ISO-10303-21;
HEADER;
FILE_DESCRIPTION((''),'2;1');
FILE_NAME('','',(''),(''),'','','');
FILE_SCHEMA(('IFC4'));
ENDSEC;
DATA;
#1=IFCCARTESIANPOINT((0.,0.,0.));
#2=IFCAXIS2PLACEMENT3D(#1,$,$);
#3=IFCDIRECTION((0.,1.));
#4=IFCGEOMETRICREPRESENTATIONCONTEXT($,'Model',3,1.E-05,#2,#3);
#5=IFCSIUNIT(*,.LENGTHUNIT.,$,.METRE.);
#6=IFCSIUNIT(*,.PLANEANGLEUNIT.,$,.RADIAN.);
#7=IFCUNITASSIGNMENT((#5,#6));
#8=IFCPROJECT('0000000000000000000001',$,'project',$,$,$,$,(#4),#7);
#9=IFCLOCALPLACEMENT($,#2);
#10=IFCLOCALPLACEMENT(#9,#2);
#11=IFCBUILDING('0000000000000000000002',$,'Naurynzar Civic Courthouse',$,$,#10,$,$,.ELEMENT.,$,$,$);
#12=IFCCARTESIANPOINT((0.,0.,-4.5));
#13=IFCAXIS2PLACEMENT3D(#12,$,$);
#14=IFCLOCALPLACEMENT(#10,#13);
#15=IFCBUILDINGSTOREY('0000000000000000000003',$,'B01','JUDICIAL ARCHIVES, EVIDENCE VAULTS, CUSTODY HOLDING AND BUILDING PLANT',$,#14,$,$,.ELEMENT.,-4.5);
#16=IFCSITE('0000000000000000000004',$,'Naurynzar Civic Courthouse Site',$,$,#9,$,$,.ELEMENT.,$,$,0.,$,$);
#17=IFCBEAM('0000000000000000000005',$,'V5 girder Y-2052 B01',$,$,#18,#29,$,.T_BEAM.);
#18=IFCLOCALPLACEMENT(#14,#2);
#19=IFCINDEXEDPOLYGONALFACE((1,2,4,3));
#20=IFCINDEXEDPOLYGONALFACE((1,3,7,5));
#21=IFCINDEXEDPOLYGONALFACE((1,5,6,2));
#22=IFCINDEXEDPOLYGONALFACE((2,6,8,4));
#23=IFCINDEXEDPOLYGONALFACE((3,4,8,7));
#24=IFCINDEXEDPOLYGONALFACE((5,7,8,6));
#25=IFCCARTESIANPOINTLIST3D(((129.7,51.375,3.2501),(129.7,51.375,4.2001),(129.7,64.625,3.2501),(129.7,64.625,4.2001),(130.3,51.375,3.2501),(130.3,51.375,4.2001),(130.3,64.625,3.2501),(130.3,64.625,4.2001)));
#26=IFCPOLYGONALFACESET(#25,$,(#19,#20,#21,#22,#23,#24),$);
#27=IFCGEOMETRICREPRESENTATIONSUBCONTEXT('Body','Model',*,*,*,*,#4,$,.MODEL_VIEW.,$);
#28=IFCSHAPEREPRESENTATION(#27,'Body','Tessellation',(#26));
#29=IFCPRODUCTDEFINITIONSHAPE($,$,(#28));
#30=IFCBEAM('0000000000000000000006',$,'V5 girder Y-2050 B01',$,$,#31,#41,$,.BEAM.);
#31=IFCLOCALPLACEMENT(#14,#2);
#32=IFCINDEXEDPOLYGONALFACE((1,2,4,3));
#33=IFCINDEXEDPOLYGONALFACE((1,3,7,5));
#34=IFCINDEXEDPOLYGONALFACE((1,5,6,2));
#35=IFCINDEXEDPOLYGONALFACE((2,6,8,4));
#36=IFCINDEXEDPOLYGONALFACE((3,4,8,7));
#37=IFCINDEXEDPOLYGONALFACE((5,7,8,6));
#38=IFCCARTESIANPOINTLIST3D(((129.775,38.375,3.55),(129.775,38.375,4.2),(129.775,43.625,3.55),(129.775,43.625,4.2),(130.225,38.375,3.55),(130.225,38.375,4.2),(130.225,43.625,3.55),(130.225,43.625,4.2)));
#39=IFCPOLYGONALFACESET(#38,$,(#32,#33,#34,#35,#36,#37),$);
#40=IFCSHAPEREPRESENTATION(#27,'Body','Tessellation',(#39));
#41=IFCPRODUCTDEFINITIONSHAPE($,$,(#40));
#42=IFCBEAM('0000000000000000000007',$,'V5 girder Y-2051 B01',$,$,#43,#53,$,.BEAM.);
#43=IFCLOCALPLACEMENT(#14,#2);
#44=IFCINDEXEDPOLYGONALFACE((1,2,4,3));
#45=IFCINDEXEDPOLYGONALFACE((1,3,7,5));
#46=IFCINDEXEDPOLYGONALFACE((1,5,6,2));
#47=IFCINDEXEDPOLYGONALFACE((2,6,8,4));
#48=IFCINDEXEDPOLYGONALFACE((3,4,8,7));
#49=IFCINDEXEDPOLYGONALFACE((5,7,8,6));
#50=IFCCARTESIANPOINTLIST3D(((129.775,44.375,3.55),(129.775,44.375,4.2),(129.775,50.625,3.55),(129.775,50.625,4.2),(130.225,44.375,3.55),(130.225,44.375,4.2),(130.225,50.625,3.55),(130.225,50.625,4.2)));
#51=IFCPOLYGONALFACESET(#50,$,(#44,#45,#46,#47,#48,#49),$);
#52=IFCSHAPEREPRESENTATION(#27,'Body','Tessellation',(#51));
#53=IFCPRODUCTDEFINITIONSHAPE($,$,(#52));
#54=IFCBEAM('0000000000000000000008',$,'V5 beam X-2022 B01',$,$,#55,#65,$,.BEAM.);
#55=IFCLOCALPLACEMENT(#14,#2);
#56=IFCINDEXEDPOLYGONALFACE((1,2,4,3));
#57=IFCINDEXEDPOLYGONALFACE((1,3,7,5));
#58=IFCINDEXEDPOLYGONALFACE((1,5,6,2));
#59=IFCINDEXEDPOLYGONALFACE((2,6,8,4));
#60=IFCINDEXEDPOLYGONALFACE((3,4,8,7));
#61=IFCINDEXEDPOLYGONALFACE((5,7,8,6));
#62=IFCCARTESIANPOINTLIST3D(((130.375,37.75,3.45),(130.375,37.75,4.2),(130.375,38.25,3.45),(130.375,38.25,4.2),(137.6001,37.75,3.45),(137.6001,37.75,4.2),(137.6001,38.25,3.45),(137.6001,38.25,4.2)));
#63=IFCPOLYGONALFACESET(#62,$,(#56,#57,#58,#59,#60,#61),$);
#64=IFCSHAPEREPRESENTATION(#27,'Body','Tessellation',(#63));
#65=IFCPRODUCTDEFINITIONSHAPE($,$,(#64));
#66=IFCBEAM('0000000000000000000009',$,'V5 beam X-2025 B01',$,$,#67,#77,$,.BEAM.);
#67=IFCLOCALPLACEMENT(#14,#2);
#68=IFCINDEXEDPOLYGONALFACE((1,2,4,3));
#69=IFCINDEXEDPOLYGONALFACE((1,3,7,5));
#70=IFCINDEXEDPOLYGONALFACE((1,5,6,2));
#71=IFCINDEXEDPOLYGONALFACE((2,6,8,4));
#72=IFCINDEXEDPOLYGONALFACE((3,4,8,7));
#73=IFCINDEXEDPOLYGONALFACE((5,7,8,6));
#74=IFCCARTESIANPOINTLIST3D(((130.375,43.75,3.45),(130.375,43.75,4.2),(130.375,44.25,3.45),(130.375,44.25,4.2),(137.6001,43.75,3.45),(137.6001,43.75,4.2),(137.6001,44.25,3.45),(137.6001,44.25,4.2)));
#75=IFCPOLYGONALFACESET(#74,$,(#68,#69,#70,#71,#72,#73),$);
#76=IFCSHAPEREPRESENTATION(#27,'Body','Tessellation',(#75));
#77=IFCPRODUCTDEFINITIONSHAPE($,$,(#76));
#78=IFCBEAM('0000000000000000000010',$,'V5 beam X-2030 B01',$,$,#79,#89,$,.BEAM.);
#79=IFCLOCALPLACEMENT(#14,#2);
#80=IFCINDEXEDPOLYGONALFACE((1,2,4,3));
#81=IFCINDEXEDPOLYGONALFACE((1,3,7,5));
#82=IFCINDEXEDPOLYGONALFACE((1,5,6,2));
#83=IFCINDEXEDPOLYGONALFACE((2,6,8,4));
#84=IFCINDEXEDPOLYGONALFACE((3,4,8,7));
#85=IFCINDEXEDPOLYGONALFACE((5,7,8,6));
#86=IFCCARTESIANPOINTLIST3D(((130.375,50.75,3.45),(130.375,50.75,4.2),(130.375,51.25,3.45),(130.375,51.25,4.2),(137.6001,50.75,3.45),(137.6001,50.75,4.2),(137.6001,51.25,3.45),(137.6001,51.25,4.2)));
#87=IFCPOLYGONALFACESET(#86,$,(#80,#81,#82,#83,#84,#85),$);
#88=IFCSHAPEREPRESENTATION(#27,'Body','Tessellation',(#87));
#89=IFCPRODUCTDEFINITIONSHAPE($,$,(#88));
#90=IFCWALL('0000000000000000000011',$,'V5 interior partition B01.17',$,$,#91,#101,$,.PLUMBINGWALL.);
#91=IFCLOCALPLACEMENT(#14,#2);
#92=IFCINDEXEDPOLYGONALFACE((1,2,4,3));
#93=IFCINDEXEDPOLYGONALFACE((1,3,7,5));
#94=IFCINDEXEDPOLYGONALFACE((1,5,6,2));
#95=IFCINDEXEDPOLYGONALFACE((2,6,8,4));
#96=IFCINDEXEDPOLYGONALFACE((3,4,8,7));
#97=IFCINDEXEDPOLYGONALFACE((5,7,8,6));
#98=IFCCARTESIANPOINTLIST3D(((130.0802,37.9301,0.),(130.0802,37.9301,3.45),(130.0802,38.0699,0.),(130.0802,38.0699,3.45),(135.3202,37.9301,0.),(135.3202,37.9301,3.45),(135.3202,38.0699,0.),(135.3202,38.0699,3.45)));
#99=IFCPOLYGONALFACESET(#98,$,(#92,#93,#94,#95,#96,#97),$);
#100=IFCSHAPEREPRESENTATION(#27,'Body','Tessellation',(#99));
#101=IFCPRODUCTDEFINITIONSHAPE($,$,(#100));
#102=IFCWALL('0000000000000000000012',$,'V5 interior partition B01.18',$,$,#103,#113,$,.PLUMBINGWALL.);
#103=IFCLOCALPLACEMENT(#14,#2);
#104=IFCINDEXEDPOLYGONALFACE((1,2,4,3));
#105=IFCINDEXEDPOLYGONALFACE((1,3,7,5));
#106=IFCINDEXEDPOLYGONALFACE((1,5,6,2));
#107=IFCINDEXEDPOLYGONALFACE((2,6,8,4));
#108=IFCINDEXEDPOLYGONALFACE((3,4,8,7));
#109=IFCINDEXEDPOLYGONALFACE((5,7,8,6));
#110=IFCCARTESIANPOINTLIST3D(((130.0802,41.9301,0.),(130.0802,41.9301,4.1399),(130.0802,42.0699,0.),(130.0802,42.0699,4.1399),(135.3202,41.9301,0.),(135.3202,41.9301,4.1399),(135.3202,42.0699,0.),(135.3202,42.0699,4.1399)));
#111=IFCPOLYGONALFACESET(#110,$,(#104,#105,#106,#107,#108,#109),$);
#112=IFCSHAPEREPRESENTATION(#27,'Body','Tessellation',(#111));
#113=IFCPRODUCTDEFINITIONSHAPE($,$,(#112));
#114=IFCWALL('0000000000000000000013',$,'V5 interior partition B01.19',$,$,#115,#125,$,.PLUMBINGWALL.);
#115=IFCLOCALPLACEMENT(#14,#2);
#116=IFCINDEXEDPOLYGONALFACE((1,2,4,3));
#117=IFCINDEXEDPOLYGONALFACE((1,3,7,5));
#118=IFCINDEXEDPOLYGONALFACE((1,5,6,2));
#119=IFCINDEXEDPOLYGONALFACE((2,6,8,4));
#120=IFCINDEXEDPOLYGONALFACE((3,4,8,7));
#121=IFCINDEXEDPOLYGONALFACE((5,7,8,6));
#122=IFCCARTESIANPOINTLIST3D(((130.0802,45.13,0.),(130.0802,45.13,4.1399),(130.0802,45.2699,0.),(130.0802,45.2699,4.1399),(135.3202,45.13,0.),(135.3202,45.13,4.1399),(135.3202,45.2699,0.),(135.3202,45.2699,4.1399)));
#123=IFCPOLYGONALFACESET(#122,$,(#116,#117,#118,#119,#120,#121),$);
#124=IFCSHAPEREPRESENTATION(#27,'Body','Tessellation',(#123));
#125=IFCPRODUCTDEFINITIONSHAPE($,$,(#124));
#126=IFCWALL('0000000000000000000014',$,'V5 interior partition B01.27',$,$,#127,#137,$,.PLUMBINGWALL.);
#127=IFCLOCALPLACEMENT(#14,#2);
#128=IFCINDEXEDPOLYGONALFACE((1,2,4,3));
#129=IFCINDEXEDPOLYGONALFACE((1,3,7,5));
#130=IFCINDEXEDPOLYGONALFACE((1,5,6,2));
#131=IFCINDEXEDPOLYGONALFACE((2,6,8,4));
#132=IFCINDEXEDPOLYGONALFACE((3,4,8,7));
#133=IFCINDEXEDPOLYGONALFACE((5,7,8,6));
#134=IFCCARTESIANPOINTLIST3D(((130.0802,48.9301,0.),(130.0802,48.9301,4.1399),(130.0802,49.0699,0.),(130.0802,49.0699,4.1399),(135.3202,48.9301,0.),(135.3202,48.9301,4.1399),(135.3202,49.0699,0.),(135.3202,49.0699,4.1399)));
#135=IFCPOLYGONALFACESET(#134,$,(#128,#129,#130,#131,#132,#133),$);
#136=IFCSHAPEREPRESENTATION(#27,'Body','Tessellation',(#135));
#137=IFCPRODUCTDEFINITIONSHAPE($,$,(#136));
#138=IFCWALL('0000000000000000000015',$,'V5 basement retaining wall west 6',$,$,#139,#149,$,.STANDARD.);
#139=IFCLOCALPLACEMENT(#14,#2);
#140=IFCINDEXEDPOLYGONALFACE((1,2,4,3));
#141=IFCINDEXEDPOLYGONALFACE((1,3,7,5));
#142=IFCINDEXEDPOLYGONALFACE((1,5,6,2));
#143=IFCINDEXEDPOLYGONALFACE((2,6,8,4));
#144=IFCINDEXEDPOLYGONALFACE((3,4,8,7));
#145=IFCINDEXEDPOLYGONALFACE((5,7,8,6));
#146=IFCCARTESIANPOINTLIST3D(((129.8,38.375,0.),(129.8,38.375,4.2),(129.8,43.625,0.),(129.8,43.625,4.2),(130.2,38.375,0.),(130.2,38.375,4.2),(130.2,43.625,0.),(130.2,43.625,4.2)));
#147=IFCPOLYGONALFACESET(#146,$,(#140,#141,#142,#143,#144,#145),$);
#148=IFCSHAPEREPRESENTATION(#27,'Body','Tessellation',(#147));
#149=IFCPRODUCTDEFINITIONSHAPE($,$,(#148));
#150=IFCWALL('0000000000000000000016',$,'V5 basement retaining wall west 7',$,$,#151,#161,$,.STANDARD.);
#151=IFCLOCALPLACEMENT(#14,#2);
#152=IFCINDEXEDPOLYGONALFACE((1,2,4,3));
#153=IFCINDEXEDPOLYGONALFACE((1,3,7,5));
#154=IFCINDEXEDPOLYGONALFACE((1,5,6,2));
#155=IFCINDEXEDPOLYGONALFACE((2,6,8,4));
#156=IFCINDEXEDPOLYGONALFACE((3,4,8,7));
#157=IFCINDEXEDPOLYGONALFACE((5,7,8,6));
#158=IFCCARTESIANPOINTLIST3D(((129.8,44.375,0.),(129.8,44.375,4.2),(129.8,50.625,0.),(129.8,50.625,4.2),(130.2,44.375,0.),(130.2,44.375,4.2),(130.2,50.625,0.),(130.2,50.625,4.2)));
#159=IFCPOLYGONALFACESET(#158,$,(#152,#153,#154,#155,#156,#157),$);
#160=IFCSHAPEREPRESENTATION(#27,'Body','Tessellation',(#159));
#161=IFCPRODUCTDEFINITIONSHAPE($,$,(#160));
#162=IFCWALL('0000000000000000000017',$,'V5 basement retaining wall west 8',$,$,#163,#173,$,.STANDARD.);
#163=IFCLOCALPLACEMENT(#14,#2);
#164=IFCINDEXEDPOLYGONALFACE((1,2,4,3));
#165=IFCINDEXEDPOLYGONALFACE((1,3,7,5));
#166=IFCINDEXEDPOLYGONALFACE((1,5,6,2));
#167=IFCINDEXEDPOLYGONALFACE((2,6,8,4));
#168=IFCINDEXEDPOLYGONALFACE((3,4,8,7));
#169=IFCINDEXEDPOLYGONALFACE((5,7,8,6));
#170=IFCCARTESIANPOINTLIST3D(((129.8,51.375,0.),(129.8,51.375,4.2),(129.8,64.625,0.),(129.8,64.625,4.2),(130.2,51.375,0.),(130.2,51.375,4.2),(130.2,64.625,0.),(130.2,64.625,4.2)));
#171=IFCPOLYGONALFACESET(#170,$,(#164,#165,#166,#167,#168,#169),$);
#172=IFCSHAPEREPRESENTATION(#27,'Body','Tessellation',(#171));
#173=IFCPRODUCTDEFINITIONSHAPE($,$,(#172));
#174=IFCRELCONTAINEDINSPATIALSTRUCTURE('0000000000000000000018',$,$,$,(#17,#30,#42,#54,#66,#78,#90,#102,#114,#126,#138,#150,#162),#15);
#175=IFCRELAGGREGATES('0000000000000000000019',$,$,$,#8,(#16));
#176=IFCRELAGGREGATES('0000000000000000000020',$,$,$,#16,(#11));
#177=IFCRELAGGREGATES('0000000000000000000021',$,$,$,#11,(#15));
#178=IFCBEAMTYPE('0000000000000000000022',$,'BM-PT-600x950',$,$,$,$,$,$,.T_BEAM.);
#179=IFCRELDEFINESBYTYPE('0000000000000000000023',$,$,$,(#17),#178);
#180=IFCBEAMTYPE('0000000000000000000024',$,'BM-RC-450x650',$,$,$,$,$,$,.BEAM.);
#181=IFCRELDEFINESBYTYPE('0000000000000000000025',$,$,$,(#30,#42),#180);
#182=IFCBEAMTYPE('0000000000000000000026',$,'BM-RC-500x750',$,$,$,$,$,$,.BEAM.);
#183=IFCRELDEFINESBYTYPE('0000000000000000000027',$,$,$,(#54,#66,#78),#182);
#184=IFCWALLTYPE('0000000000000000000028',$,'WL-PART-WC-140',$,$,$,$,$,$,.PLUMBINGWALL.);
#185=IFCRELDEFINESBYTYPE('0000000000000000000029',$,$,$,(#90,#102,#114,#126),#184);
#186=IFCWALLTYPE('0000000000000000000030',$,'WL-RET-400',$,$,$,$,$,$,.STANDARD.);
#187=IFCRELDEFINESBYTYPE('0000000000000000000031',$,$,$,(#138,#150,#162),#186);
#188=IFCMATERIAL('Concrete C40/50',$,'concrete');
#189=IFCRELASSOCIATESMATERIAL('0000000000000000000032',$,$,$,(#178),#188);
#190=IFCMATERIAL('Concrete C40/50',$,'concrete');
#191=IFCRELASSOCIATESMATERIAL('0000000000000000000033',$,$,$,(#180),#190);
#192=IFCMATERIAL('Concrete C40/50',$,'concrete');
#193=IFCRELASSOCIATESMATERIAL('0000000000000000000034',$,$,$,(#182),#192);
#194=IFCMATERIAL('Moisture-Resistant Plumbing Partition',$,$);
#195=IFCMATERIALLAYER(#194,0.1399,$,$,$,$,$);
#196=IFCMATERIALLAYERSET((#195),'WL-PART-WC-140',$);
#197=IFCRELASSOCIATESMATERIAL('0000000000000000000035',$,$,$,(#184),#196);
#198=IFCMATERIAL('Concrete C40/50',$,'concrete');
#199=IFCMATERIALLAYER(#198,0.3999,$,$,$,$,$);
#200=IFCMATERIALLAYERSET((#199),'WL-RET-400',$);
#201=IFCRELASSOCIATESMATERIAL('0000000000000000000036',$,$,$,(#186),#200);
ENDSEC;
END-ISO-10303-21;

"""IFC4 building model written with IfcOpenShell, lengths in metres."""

from ifc_helpers import new_model, si_unit, direction, frame, frame_2d, origin, origin_2d, place, context, subcontext, project, spatial, rectangle, extrude, material, layer, layer_set, material_profile, profile_set, type_object, element, save


model = new_model("IFC4")

# Units and contexts
model_context = context("Model", 3, precision=1e-05, world=origin(), true_north=direction((0.0, 1.0)))
body_context = subcontext(model_context, "Body", "Model", "MODEL_VIEW")
ifc_project = project(units=[si_unit("LENGTHUNIT", "METRE"), si_unit("PLANEANGLEUNIT", "RADIAN")], contexts=[model_context])

# Site, building, storey
site_placement = place(None, origin())
site = spatial("IfcSite", under=ifc_project, at=site_placement, Name="Naurynzar Civic Courthouse Site", CompositionType="ELEMENT", RefElevation=0.0)
building_placement = place(site_placement, origin())
building = spatial("IfcBuilding", under=site, at=building_placement, Name="Naurynzar Civic Courthouse", CompositionType="ELEMENT")
storey_placement = place(building_placement, frame((0.0, 0.0, -4.5)))
storey = spatial("IfcBuildingStorey", under=building, at=storey_placement, Name="B01", Description="JUDICIAL ARCHIVES, EVIDENCE VAULTS, CUSTODY HOLDING AND BUILDING PLANT", CompositionType="ELEMENT", Elevation=-4.5)

# Beams
ifc_material_1 = material(Name="Concrete C40/50", Category="concrete")
ifc_material_profile_1 = material_profile(ifc_material_1, rectangle(XDim=0.6001, YDim=0.95, at=origin_2d()), Name="PTB 600x950")
ifc_profile_set_1 = profile_set([ifc_material_profile_1], Name="Concrete C40/50")
beam_type_1 = type_object("IfcBeamType", Name="BM-PT-600x950", PredefinedType="T_BEAM", material=ifc_profile_set_1)
beam_1_placement = place(storey_placement, frame((130.0, 51.375, 3.7251), z_axis=(0.0, 1.0, 0.0), x_axis=(-1.0, 0.0, 0.0)))
element("IfcBeam", 1, at=beam_1_placement, inside=storey, type_object=beam_type_1, Name="V5 girder Y-2052 B01", PredefinedType="T_BEAM", context=body_context, shape_type="SweptSolid", body=[
    extrude(rectangle(XDim=0.6001, YDim=0.95, at=origin_2d()), origin(), (0.0, 0.0, 1.0), 13.25),
])
ifc_material_2 = material(Name="Concrete C40/50", Category="concrete")
ifc_material_profile_2 = material_profile(ifc_material_2, rectangle(XDim=0.45, YDim=0.6499, at=origin_2d()), Name="RCB 450x650")
ifc_profile_set_2 = profile_set([ifc_material_profile_2], Name="Concrete C40/50")
beam_type_2 = type_object("IfcBeamType", Name="BM-RC-450x650", PredefinedType="BEAM", material=ifc_profile_set_2)
beam_2_placement = place(storey_placement, frame((130.0, 38.375, 3.875), z_axis=(0.0, 1.0, 0.0), x_axis=(-1.0, 0.0, 0.0)))
element("IfcBeam", 2, at=beam_2_placement, inside=storey, type_object=beam_type_2, Name="V5 girder Y-2050 B01", PredefinedType="BEAM", context=body_context, shape_type="SweptSolid", body=[
    extrude(rectangle(XDim=0.45, YDim=0.6499, at=origin_2d()), origin(), (0.0, 0.0, 1.0), 5.25),
])
beam_3_placement = place(storey_placement, frame((130.0, 44.375, 3.875), z_axis=(0.0, 1.0, 0.0), x_axis=(-1.0, 0.0, 0.0)))
element("IfcBeam", 3, at=beam_3_placement, inside=storey, type_object=beam_type_2, Name="V5 girder Y-2051 B01", PredefinedType="BEAM", context=body_context, shape_type="SweptSolid", body=[
    extrude(rectangle(XDim=0.45, YDim=0.6499, at=origin_2d()), origin(), (0.0, 0.0, 1.0), 6.25),
])
ifc_material_3 = material(Name="Concrete C40/50", Category="concrete")
ifc_material_profile_3 = material_profile(ifc_material_3, rectangle(XDim=0.5, YDim=0.75, at=origin_2d()), Name="RCB 500x750")
ifc_profile_set_3 = profile_set([ifc_material_profile_3], Name="Concrete C40/50")
beam_type_3 = type_object("IfcBeamType", Name="BM-RC-500x750", PredefinedType="BEAM", material=ifc_profile_set_3)
for number, where, z_axis, x_axis, name in (
    (4, (130.375, 38.0, 3.825), (1.0, 0.0, 0.0), (0.0, 1.0, 0.0), "V5 beam X-2022 B01"),
    (5, (130.375, 44.0, 3.825), (1.0, 0.0, 0.0), (0.0, 1.0, 0.0), "V5 beam X-2025 B01"),
    (6, (130.375, 51.0, 3.825), (1.0, 0.0, 0.0), (0.0, 1.0, 0.0), "V5 beam X-2030 B01"),
):
    element("IfcBeam", number, at=place(storey_placement, frame(where, z_axis=z_axis, x_axis=x_axis)), inside=storey, type_object=beam_type_3, Name=name, PredefinedType="BEAM", context=body_context, shape_type="SweptSolid", body=[
        extrude(rectangle(XDim=0.5, YDim=0.75, at=origin_2d()), origin(), (0.0, 0.0, 1.0), 7.2251),
    ])

# Walls
ifc_material_4 = material(Name="Moisture-Resistant Plumbing Partition")
ifc_layer_1 = layer(ifc_material_4, 0.1399)
ifc_layer_set_1 = layer_set([ifc_layer_1], Name="WL-PART-WC-140")
wall_type_1 = type_object("IfcWallType", Name="WL-PART-WC-140", PredefinedType="PLUMBINGWALL", material=ifc_layer_set_1)
wall_1_placement = place(storey_placement, frame((130.0801, 38.0, 0.0), z_axis=(0.0, 0.0, 1.0), x_axis=(1.0, 0.0, 0.0)))
element("IfcWall", 7, at=wall_1_placement, inside=storey, type_object=wall_type_1, Name="V5 interior partition B01.17", PredefinedType="PLUMBINGWALL", context=body_context, shape_type="SweptSolid", body=[
    extrude(rectangle(XDim=5.24, YDim=0.1399, at=frame_2d((2.6201, 0.0))), origin(), (0.0, 0.0, 1.0), 3.45),
])
for number, where, z_axis, x_axis, name in (
    (8, (130.0801, 42.0, 0.0), (0.0, 0.0, 1.0), (1.0, 0.0, 0.0), "V5 interior partition B01.18"),
    (9, (130.0801, 45.2, 0.0), (0.0, 0.0, 1.0), (1.0, 0.0, 0.0), "V5 interior partition B01.19"),
    (10, (130.0801, 49.0, 0.0), (0.0, 0.0, 1.0), (1.0, 0.0, 0.0), "V5 interior partition B01.27"),
):
    element("IfcWall", number, at=place(storey_placement, frame(where, z_axis=z_axis, x_axis=x_axis)), inside=storey, type_object=wall_type_1, Name=name, PredefinedType="PLUMBINGWALL", context=body_context, shape_type="SweptSolid", body=[
        extrude(rectangle(XDim=5.24, YDim=0.1399, at=frame_2d((2.6201, 0.0))), origin(), (0.0, 0.0, 1.0), 4.1399),
    ])
ifc_material_5 = material(Name="Concrete C40/50", Category="concrete")
ifc_layer_2 = layer(ifc_material_5, 0.3999)
ifc_layer_set_2 = layer_set([ifc_layer_2], Name="WL-RET-400")
wall_type_2 = type_object("IfcWallType", Name="WL-RET-400", PredefinedType="STANDARD", material=ifc_layer_set_2)
wall_2_placement = place(storey_placement, frame((130.0, 38.375, 0.0), z_axis=(0.0, 0.0, 1.0), x_axis=(0.0, 1.0, 0.0)))
element("IfcWall", 11, at=wall_2_placement, inside=storey, type_object=wall_type_2, Name="V5 basement retaining wall west 6", PredefinedType="STANDARD", context=body_context, shape_type="SweptSolid", body=[
    extrude(rectangle(XDim=5.25, YDim=0.3999, at=frame_2d((2.625, 0.0))), origin(), (0.0, 0.0, 1.0), 4.2),
])
wall_3_placement = place(storey_placement, frame((130.0, 44.375, 0.0), z_axis=(0.0, 0.0, 1.0), x_axis=(0.0, 1.0, 0.0)))
element("IfcWall", 12, at=wall_3_placement, inside=storey, type_object=wall_type_2, Name="V5 basement retaining wall west 7", PredefinedType="STANDARD", context=body_context, shape_type="SweptSolid", body=[
    extrude(rectangle(XDim=6.25, YDim=0.3999, at=frame_2d((3.125, 0.0))), origin(), (0.0, 0.0, 1.0), 4.2),
])
wall_4_placement = place(storey_placement, frame((130.0, 51.375, 0.0), z_axis=(0.0, 0.0, 1.0), x_axis=(0.0, 1.0, 0.0)))
element("IfcWall", 13, at=wall_4_placement, inside=storey, type_object=wall_type_2, Name="V5 basement retaining wall west 8", PredefinedType="STANDARD", context=body_context, shape_type="SweptSolid", body=[
    extrude(rectangle(XDim=13.25, YDim=0.3999, at=frame_2d((6.625, 0.0))), origin(), (0.0, 0.0, 1.0), 4.2),
])

save(model, "model.ifc")
